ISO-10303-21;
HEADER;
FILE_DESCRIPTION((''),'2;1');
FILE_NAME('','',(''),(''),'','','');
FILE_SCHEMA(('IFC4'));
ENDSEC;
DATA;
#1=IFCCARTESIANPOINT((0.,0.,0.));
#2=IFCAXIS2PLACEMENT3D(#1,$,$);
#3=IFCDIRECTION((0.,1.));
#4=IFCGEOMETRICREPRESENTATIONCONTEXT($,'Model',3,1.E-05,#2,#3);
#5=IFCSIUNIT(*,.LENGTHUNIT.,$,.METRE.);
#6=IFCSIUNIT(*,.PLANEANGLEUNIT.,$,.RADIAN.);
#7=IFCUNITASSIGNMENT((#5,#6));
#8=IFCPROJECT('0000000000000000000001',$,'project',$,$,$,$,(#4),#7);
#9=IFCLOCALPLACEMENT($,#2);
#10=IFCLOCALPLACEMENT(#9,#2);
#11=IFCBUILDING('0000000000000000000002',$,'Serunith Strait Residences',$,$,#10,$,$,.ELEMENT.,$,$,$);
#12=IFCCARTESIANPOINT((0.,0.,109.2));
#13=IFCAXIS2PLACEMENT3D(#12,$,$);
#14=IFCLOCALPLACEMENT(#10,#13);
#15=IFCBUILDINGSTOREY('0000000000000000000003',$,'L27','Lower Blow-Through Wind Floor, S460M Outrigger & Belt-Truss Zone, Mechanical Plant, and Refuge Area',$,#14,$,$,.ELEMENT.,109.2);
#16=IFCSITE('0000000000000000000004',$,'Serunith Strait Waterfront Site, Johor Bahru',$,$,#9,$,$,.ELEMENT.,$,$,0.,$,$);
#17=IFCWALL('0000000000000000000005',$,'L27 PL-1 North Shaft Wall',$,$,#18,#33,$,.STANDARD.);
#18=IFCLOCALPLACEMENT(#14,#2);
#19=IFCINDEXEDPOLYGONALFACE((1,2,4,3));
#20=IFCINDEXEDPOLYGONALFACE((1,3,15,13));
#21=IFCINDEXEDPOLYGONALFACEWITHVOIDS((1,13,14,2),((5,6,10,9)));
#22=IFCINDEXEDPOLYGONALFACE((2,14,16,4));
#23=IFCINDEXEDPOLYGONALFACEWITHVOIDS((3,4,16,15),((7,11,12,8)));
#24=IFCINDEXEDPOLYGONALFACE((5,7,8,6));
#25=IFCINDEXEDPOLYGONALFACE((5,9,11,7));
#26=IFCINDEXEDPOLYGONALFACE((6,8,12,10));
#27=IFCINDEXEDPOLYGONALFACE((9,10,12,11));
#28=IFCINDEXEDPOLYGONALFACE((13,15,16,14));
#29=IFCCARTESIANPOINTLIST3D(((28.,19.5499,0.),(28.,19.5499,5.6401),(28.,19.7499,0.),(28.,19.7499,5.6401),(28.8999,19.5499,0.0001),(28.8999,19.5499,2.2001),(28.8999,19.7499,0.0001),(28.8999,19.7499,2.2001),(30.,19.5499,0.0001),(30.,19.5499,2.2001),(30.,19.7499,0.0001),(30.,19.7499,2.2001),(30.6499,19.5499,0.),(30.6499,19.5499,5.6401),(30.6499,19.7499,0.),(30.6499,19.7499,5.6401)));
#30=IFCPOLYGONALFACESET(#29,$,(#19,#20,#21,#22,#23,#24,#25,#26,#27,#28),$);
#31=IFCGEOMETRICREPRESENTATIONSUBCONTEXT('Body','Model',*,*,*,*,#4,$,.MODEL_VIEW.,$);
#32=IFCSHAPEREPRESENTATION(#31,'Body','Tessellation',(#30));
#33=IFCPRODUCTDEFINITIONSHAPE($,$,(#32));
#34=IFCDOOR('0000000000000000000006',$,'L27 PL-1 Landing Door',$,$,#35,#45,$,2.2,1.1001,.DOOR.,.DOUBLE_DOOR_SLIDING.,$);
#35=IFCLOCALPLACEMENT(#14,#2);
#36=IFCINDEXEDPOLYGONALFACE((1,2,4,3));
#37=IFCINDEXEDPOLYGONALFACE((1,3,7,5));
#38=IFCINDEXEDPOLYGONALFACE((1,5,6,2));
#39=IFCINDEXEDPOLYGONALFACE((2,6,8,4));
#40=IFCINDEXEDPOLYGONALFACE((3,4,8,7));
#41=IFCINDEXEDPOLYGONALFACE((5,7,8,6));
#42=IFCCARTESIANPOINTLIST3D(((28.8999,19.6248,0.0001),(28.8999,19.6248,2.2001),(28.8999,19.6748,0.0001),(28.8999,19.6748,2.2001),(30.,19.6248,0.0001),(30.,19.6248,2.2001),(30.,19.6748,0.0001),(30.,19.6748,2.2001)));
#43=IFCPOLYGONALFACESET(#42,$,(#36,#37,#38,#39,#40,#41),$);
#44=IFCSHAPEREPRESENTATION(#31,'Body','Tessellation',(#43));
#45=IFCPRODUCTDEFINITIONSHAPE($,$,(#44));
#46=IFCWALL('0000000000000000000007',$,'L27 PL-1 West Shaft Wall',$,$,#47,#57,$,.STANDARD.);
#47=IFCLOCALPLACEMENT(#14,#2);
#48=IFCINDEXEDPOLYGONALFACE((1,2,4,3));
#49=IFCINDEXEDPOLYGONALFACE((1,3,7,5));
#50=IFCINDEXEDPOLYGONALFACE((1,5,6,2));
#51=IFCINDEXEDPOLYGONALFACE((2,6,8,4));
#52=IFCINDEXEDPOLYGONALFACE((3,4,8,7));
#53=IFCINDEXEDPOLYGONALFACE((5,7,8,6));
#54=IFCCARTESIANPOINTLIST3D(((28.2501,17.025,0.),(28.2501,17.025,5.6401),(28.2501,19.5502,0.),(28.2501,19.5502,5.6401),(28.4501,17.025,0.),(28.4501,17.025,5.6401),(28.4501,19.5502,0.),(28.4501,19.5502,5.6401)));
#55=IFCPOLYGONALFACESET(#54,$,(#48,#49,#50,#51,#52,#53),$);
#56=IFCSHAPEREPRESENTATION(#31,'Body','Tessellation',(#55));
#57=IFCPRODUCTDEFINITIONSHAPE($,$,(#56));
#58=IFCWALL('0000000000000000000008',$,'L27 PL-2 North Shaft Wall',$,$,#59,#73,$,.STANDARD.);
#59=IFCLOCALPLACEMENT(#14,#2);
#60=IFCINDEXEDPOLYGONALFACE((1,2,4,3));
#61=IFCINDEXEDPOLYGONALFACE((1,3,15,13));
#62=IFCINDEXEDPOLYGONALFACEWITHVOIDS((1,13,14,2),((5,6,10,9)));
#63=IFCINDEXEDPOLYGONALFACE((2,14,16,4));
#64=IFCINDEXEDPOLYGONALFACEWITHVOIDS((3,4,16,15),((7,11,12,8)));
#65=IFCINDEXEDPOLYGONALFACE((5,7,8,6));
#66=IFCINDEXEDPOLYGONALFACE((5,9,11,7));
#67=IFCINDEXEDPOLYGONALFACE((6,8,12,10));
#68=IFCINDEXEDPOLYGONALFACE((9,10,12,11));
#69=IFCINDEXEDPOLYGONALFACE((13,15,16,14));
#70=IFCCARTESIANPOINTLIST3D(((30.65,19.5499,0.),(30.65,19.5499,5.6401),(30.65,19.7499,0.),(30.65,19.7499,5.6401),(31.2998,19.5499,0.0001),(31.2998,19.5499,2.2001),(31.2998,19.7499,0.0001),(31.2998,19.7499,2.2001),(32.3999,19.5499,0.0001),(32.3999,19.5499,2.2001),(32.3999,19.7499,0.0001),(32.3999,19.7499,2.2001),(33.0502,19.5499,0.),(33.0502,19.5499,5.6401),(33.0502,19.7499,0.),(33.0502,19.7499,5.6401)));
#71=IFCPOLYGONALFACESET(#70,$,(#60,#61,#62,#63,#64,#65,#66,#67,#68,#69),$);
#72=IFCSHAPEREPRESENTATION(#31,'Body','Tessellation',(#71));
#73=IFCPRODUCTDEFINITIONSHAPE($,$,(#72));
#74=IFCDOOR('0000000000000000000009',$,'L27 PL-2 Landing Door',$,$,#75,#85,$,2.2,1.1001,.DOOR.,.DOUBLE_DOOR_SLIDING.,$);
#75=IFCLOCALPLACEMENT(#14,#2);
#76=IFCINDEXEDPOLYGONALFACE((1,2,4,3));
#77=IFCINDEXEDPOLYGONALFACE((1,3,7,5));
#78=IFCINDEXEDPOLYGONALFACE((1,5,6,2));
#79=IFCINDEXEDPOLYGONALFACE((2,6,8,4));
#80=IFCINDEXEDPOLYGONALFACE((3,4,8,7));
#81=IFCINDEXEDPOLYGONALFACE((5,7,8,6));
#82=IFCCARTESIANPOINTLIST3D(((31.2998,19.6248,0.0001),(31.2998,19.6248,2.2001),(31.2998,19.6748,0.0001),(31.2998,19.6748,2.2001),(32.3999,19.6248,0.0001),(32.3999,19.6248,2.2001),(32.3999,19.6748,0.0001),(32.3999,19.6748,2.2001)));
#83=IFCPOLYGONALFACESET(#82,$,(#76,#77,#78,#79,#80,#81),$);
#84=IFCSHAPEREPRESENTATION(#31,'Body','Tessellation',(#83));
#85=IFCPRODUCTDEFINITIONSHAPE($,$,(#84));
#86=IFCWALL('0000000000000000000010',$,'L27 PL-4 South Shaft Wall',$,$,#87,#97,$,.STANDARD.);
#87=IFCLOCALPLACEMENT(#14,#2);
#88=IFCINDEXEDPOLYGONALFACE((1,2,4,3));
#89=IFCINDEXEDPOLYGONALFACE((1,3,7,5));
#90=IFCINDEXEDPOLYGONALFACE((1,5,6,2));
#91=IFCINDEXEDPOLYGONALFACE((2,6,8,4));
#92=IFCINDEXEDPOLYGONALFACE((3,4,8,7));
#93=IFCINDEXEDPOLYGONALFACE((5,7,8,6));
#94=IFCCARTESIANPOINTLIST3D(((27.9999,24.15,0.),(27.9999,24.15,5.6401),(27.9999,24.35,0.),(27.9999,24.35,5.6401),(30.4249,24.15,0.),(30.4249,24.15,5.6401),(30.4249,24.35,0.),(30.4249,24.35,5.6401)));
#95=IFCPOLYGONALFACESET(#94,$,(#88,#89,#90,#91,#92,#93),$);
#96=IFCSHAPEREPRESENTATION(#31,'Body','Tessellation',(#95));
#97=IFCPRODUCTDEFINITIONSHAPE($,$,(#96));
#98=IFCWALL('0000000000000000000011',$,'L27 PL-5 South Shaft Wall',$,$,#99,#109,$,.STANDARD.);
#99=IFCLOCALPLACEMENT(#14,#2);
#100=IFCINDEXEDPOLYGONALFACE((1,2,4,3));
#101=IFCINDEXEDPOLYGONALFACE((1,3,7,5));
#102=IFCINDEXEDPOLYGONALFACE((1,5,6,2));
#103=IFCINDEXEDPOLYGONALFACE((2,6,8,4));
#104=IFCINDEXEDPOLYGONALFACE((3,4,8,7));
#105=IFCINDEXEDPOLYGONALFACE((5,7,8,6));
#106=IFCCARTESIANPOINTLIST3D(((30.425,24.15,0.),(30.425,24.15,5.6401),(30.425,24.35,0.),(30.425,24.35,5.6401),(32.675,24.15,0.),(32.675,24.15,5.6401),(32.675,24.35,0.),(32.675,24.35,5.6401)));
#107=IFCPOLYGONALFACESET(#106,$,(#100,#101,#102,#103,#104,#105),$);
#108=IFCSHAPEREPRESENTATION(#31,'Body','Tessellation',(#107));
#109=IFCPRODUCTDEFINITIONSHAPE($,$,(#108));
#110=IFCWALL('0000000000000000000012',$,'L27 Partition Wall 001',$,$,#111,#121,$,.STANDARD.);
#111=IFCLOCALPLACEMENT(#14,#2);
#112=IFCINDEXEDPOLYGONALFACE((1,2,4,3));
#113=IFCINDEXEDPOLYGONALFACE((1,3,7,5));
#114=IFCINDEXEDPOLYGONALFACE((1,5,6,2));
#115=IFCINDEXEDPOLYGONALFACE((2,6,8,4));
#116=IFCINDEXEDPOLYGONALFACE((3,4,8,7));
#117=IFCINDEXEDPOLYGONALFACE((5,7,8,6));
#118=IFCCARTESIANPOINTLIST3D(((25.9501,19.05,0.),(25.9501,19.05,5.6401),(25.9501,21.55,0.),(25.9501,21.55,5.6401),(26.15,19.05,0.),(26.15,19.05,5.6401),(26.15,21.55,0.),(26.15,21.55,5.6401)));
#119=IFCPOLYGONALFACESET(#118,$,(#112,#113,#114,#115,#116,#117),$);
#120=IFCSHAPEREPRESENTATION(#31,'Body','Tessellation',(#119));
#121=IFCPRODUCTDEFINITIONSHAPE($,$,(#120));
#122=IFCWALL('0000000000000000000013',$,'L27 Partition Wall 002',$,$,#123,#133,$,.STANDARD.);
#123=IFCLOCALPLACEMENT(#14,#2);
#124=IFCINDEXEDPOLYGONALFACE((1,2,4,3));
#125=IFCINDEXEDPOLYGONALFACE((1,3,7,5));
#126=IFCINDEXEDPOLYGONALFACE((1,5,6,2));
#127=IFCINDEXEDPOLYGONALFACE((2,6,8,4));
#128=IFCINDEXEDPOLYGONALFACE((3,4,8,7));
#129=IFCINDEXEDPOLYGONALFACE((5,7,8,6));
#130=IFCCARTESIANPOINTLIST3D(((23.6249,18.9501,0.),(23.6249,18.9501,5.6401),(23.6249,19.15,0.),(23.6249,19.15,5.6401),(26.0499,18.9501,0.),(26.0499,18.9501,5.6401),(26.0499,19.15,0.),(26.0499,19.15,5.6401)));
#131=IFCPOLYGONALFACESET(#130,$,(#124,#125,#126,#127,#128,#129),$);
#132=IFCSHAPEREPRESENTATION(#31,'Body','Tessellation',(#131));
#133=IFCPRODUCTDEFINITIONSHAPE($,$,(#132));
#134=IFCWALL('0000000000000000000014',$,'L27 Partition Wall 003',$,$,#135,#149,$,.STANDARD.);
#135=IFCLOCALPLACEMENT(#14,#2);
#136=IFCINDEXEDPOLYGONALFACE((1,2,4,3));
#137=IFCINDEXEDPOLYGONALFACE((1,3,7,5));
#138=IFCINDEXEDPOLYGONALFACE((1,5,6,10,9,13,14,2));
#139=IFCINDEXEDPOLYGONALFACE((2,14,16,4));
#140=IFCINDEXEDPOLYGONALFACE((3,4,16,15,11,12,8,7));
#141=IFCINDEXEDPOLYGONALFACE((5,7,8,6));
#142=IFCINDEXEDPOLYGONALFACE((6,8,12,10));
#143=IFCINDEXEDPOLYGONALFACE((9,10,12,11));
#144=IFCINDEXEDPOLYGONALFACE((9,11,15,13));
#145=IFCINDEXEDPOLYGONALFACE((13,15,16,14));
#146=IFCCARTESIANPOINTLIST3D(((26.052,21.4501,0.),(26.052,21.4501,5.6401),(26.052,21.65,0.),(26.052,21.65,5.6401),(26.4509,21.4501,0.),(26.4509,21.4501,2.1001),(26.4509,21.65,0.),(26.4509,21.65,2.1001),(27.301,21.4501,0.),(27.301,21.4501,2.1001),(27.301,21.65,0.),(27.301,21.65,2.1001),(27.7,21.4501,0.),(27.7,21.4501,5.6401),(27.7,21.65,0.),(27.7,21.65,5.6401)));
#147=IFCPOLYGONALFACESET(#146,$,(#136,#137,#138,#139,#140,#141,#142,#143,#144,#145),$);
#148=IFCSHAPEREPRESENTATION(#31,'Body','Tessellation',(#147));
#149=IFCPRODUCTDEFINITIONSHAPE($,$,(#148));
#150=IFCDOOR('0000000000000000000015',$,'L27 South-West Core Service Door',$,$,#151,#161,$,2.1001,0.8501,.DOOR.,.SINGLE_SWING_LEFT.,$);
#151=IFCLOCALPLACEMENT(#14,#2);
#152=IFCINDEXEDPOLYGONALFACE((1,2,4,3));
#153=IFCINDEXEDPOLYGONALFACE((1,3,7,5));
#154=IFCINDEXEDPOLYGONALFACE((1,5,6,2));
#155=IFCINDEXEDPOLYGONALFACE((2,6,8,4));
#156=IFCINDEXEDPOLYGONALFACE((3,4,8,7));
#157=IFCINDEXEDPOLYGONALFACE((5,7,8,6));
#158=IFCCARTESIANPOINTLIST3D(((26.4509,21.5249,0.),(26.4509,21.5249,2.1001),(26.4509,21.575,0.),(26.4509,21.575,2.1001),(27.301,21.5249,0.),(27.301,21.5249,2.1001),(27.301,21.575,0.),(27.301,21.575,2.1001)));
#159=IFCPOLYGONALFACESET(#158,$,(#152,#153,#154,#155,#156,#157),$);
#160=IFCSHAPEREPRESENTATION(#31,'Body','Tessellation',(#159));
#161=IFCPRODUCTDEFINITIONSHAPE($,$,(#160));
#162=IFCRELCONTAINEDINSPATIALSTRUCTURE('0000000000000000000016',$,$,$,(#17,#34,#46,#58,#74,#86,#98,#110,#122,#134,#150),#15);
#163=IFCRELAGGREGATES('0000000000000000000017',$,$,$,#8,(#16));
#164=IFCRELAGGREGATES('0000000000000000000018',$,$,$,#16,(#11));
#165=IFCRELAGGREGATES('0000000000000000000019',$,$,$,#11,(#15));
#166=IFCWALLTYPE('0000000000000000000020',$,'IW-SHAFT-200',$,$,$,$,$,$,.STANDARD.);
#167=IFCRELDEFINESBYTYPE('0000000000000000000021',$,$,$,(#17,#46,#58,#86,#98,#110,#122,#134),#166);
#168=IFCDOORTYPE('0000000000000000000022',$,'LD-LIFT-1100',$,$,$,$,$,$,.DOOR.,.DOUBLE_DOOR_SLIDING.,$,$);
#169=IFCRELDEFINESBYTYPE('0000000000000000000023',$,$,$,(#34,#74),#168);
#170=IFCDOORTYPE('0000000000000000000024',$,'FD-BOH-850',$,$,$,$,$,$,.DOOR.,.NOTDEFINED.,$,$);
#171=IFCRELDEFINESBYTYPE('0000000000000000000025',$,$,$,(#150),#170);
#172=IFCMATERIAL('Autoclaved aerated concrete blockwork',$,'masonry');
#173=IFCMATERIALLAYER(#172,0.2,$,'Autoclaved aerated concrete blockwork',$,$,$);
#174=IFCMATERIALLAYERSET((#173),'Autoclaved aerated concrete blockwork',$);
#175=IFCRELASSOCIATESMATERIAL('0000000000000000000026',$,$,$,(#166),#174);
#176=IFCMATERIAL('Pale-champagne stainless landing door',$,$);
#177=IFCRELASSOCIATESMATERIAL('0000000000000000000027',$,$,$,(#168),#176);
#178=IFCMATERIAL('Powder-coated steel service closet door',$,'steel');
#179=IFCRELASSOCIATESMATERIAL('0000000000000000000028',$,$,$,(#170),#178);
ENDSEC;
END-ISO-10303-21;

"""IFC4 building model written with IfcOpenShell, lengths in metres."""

from ifc_helpers import new_model, si_unit, direction, frame, frame_2d, origin, place, context, subcontext, project, spatial, rectangle, extrude, source, transform, mapped, material, layer, layer_set, type_object, element, fill, save


model = new_model("IFC4")

# Units and contexts
model_context = context("Model", 3, precision=1e-05, world=origin(), true_north=direction((0.0, 1.0)))
body_context = subcontext(model_context, "Body", "Model", "MODEL_VIEW")
ifc_project = project(units=[si_unit("LENGTHUNIT", "METRE"), si_unit("PLANEANGLEUNIT", "RADIAN")], contexts=[model_context])

# Site, building, storey
site_placement = place(None, origin())
site = spatial("IfcSite", under=ifc_project, at=site_placement, Name="Serunith Strait Waterfront Site, Johor Bahru", CompositionType="ELEMENT", RefElevation=0.0)
building_placement = place(site_placement, origin())
building = spatial("IfcBuilding", under=site, at=building_placement, Name="Serunith Strait Residences", CompositionType="ELEMENT")
storey_placement = place(building_placement, frame((0.0, 0.0, 109.2)))
storey = spatial("IfcBuildingStorey", under=building, at=storey_placement, Name="L27", Description="Lower Blow-Through Wind Floor, S460M Outrigger & Belt-Truss Zone, Mechanical Plant, and Refuge Area", CompositionType="ELEMENT", Elevation=109.2)

# Wall, opening, door
ifc_material_1 = material(Name="Autoclaved aerated concrete blockwork", Category="masonry")
ifc_layer_1 = layer(ifc_material_1, 0.2, Name="Autoclaved aerated concrete blockwork")
ifc_layer_set_1 = layer_set([ifc_layer_1], Name="Autoclaved aerated concrete blockwork")
wall_type_1 = type_object("IfcWallType", Name="IW-SHAFT-200", PredefinedType="STANDARD", material=ifc_layer_set_1)
wall_1_placement = place(storey_placement, frame((28.0, 19.6499, 0.0), z_axis=(0.0, 0.0, 1.0), x_axis=(1.0, 0.0, 0.0)))
wall_1 = element("IfcWall", 1, at=wall_1_placement, inside=storey, type_object=wall_type_1, Name="L27 PL-1 North Shaft Wall", PredefinedType="STANDARD", context=body_context, shape_type="SweptSolid", body=[
    extrude(rectangle(XDim=2.6499, YDim=0.2, at=frame_2d((1.325, 0.0))), origin(), (0.0, 0.0, 1.0), 5.6401),
])
opening_1_placement = place(wall_1_placement, frame((0.8999, 0.0, 0.0)))
opening_1 = element("IfcOpeningElement", 2, at=opening_1_placement, cuts=wall_1, PredefinedType="OPENING", context=body_context, shape_type="SweptSolid", body=[
    extrude(rectangle(XDim=1.1001, YDim=2.2, at=frame_2d((0.55, 1.1001))), frame((0.0, 0.1099, 0.0), z_axis=(0.0, -1.0, 0.0), x_axis=(1.0, 0.0, 0.0)), (0.0, 0.0, 1.0), 0.22),
])
ifc_material_2 = material(Name="Pale-champagne stainless landing door")
door_type_1 = type_object("IfcDoorType", Name="LD-LIFT-1100", OperationType="DOUBLE_DOOR_SLIDING", PredefinedType="DOOR", material=ifc_material_2)
shared_shape_1 = source(origin(), body_context, "Body", "SweptSolid", [
    extrude(rectangle(XDim=1.1001, YDim=2.2, at=frame_2d((0.55, 1.1001))), frame((0.0, 0.0249, 0.0), z_axis=(0.0, -1.0, 0.0), x_axis=(1.0, 0.0, 0.0)), (0.0, 0.0, 1.0), 0.05),
])
door_1_placement = place(opening_1_placement, origin())
door_1 = element("IfcDoor", 3, at=door_1_placement, inside=storey, type_object=door_type_1, Name="L27 PL-1 Landing Door", OperationType="DOUBLE_DOOR_SLIDING", OverallHeight=2.2, OverallWidth=1.1001, PredefinedType="DOOR", context=body_context, shape_type="MappedRepresentation", body=[
    mapped(shared_shape_1, transform((0.0, 0.0, 0.0), scale=1.0)),
])
fill(opening_1, door_1)

# Wall
wall_2_placement = place(storey_placement, frame((28.3501, 17.0249, 0.0), z_axis=(0.0, 0.0, 1.0), x_axis=(0.0, 1.0, 0.0)))
element("IfcWall", 4, at=wall_2_placement, inside=storey, type_object=wall_type_1, Name="L27 PL-1 West Shaft Wall", PredefinedType="STANDARD", context=body_context, shape_type="SweptSolid", body=[
    extrude(rectangle(XDim=2.5251, YDim=0.2, at=frame_2d((1.2627, 0.0))), origin(), (0.0, 0.0, 1.0), 5.6401),
])

# Wall, opening, door
wall_3_placement = place(storey_placement, frame((30.6499, 19.6499, 0.0), z_axis=(0.0, 0.0, 1.0), x_axis=(1.0, 0.0, 0.0)))
wall_3 = element("IfcWall", 5, at=wall_3_placement, inside=storey, type_object=wall_type_1, Name="L27 PL-2 North Shaft Wall", PredefinedType="STANDARD", context=body_context, shape_type="SweptSolid", body=[
    extrude(rectangle(XDim=2.4001, YDim=0.2, at=frame_2d((1.2002, 0.0))), origin(), (0.0, 0.0, 1.0), 5.6401),
])
opening_2_placement = place(wall_3_placement, frame((0.6499, 0.0, 0.0)))
opening_2 = element("IfcOpeningElement", 6, at=opening_2_placement, cuts=wall_3, PredefinedType="OPENING", context=body_context, shape_type="SweptSolid", body=[
    extrude(rectangle(XDim=1.1001, YDim=2.2, at=frame_2d((0.55, 1.1001))), frame((0.0, 0.1099, 0.0), z_axis=(0.0, -1.0, 0.0), x_axis=(1.0, 0.0, 0.0)), (0.0, 0.0, 1.0), 0.22),
])
door_2_placement = place(opening_2_placement, origin())
door_2 = element("IfcDoor", 7, at=door_2_placement, inside=storey, type_object=door_type_1, Name="L27 PL-2 Landing Door", OperationType="DOUBLE_DOOR_SLIDING", OverallHeight=2.2, OverallWidth=1.1001, PredefinedType="DOOR", context=body_context, shape_type="MappedRepresentation", body=[
    mapped(shared_shape_1, transform((0.0, 0.0, 0.0), scale=1.0)),
])
fill(opening_2, door_2)

# Walls
wall_4_placement = place(storey_placement, frame((28.0, 24.25, 0.0), z_axis=(0.0, 0.0, 1.0), x_axis=(1.0, 0.0, 0.0)))
element("IfcWall", 8, at=wall_4_placement, inside=storey, type_object=wall_type_1, Name="L27 PL-4 South Shaft Wall", PredefinedType="STANDARD", context=body_context, shape_type="SweptSolid", body=[
    extrude(rectangle(XDim=2.425, YDim=0.2, at=frame_2d((1.2124, 0.0))), origin(), (0.0, 0.0, 1.0), 5.6401),
])
wall_5_placement = place(storey_placement, frame((30.425, 24.25, 0.0), z_axis=(0.0, 0.0, 1.0), x_axis=(1.0, 0.0, 0.0)))
element("IfcWall", 9, at=wall_5_placement, inside=storey, type_object=wall_type_1, Name="L27 PL-5 South Shaft Wall", PredefinedType="STANDARD", context=body_context, shape_type="SweptSolid", body=[
    extrude(rectangle(XDim=2.25, YDim=0.2, at=frame_2d((1.125, 0.0))), origin(), (0.0, 0.0, 1.0), 5.6401),
])
wall_6_placement = place(storey_placement, frame((26.05, 19.05, 0.0), z_axis=(0.0, 0.0, 1.0), x_axis=(0.0, 1.0, 0.0)))
element("IfcWall", 10, at=wall_6_placement, inside=storey, type_object=wall_type_1, Name="L27 Partition Wall 001", PredefinedType="STANDARD", context=body_context, shape_type="SweptSolid", body=[
    extrude(rectangle(XDim=2.5, YDim=0.2, at=frame_2d((1.25, 0.0))), origin(), (0.0, 0.0, 1.0), 5.6401),
])
wall_7_placement = place(storey_placement, frame((23.625, 19.05, 0.0), z_axis=(0.0, 0.0, 1.0), x_axis=(1.0, 0.0, 0.0)))
element("IfcWall", 11, at=wall_7_placement, inside=storey, type_object=wall_type_1, Name="L27 Partition Wall 002", PredefinedType="STANDARD", context=body_context, shape_type="SweptSolid", body=[
    extrude(rectangle(XDim=2.425, YDim=0.2, at=frame_2d((1.2124, 0.0))), origin(), (0.0, 0.0, 1.0), 5.6401),
])

# Wall, opening, door
wall_8_placement = place(storey_placement, frame((26.052, 21.55, 0.0), z_axis=(0.0, 0.0, 1.0), x_axis=(1.0, 0.0, 0.0)))
wall_8 = element("IfcWall", 12, at=wall_8_placement, inside=storey, type_object=wall_type_1, Name="L27 Partition Wall 003", PredefinedType="STANDARD", context=body_context, shape_type="SweptSolid", body=[
    extrude(rectangle(XDim=1.6479, YDim=0.2, at=frame_2d((0.824, 0.0))), origin(), (0.0, 0.0, 1.0), 5.6401),
])
opening_3_placement = place(wall_8_placement, frame((0.3989, 0.0, 0.0)))
opening_3 = element("IfcOpeningElement", 13, at=opening_3_placement, cuts=wall_8, PredefinedType="OPENING", context=body_context, shape_type="SweptSolid", body=[
    extrude(rectangle(XDim=0.8501, YDim=2.1001, at=frame_2d((0.425, 1.05))), frame((0.0, 0.1099, 0.0), z_axis=(0.0, -1.0, 0.0), x_axis=(1.0, 0.0, 0.0)), (0.0, 0.0, 1.0), 0.22),
])
ifc_material_3 = material(Name="Powder-coated steel service closet door", Category="steel")
door_type_2 = type_object("IfcDoorType", Name="FD-BOH-850", OperationType="NOTDEFINED", PredefinedType="DOOR", material=ifc_material_3)
shared_shape_2 = source(origin(), body_context, "Body", "SweptSolid", [
    extrude(rectangle(XDim=0.8501, YDim=2.1001, at=frame_2d((0.425, 1.05))), frame((0.0, 0.0249, 0.0), z_axis=(0.0, -1.0, 0.0), x_axis=(1.0, 0.0, 0.0)), (0.0, 0.0, 1.0), 0.05),
])
door_3_placement = place(opening_3_placement, origin())
door_3 = element("IfcDoor", 14, at=door_3_placement, inside=storey, type_object=door_type_2, Name="L27 South-West Core Service Door", OperationType="SINGLE_SWING_LEFT", OverallHeight=2.1001, OverallWidth=0.8501, PredefinedType="DOOR", context=body_context, shape_type="MappedRepresentation", body=[
    mapped(shared_shape_2, transform((0.0, 0.0, 0.0), scale=1.0)),
])
fill(opening_3, door_3)

save(model, "model.ifc")
